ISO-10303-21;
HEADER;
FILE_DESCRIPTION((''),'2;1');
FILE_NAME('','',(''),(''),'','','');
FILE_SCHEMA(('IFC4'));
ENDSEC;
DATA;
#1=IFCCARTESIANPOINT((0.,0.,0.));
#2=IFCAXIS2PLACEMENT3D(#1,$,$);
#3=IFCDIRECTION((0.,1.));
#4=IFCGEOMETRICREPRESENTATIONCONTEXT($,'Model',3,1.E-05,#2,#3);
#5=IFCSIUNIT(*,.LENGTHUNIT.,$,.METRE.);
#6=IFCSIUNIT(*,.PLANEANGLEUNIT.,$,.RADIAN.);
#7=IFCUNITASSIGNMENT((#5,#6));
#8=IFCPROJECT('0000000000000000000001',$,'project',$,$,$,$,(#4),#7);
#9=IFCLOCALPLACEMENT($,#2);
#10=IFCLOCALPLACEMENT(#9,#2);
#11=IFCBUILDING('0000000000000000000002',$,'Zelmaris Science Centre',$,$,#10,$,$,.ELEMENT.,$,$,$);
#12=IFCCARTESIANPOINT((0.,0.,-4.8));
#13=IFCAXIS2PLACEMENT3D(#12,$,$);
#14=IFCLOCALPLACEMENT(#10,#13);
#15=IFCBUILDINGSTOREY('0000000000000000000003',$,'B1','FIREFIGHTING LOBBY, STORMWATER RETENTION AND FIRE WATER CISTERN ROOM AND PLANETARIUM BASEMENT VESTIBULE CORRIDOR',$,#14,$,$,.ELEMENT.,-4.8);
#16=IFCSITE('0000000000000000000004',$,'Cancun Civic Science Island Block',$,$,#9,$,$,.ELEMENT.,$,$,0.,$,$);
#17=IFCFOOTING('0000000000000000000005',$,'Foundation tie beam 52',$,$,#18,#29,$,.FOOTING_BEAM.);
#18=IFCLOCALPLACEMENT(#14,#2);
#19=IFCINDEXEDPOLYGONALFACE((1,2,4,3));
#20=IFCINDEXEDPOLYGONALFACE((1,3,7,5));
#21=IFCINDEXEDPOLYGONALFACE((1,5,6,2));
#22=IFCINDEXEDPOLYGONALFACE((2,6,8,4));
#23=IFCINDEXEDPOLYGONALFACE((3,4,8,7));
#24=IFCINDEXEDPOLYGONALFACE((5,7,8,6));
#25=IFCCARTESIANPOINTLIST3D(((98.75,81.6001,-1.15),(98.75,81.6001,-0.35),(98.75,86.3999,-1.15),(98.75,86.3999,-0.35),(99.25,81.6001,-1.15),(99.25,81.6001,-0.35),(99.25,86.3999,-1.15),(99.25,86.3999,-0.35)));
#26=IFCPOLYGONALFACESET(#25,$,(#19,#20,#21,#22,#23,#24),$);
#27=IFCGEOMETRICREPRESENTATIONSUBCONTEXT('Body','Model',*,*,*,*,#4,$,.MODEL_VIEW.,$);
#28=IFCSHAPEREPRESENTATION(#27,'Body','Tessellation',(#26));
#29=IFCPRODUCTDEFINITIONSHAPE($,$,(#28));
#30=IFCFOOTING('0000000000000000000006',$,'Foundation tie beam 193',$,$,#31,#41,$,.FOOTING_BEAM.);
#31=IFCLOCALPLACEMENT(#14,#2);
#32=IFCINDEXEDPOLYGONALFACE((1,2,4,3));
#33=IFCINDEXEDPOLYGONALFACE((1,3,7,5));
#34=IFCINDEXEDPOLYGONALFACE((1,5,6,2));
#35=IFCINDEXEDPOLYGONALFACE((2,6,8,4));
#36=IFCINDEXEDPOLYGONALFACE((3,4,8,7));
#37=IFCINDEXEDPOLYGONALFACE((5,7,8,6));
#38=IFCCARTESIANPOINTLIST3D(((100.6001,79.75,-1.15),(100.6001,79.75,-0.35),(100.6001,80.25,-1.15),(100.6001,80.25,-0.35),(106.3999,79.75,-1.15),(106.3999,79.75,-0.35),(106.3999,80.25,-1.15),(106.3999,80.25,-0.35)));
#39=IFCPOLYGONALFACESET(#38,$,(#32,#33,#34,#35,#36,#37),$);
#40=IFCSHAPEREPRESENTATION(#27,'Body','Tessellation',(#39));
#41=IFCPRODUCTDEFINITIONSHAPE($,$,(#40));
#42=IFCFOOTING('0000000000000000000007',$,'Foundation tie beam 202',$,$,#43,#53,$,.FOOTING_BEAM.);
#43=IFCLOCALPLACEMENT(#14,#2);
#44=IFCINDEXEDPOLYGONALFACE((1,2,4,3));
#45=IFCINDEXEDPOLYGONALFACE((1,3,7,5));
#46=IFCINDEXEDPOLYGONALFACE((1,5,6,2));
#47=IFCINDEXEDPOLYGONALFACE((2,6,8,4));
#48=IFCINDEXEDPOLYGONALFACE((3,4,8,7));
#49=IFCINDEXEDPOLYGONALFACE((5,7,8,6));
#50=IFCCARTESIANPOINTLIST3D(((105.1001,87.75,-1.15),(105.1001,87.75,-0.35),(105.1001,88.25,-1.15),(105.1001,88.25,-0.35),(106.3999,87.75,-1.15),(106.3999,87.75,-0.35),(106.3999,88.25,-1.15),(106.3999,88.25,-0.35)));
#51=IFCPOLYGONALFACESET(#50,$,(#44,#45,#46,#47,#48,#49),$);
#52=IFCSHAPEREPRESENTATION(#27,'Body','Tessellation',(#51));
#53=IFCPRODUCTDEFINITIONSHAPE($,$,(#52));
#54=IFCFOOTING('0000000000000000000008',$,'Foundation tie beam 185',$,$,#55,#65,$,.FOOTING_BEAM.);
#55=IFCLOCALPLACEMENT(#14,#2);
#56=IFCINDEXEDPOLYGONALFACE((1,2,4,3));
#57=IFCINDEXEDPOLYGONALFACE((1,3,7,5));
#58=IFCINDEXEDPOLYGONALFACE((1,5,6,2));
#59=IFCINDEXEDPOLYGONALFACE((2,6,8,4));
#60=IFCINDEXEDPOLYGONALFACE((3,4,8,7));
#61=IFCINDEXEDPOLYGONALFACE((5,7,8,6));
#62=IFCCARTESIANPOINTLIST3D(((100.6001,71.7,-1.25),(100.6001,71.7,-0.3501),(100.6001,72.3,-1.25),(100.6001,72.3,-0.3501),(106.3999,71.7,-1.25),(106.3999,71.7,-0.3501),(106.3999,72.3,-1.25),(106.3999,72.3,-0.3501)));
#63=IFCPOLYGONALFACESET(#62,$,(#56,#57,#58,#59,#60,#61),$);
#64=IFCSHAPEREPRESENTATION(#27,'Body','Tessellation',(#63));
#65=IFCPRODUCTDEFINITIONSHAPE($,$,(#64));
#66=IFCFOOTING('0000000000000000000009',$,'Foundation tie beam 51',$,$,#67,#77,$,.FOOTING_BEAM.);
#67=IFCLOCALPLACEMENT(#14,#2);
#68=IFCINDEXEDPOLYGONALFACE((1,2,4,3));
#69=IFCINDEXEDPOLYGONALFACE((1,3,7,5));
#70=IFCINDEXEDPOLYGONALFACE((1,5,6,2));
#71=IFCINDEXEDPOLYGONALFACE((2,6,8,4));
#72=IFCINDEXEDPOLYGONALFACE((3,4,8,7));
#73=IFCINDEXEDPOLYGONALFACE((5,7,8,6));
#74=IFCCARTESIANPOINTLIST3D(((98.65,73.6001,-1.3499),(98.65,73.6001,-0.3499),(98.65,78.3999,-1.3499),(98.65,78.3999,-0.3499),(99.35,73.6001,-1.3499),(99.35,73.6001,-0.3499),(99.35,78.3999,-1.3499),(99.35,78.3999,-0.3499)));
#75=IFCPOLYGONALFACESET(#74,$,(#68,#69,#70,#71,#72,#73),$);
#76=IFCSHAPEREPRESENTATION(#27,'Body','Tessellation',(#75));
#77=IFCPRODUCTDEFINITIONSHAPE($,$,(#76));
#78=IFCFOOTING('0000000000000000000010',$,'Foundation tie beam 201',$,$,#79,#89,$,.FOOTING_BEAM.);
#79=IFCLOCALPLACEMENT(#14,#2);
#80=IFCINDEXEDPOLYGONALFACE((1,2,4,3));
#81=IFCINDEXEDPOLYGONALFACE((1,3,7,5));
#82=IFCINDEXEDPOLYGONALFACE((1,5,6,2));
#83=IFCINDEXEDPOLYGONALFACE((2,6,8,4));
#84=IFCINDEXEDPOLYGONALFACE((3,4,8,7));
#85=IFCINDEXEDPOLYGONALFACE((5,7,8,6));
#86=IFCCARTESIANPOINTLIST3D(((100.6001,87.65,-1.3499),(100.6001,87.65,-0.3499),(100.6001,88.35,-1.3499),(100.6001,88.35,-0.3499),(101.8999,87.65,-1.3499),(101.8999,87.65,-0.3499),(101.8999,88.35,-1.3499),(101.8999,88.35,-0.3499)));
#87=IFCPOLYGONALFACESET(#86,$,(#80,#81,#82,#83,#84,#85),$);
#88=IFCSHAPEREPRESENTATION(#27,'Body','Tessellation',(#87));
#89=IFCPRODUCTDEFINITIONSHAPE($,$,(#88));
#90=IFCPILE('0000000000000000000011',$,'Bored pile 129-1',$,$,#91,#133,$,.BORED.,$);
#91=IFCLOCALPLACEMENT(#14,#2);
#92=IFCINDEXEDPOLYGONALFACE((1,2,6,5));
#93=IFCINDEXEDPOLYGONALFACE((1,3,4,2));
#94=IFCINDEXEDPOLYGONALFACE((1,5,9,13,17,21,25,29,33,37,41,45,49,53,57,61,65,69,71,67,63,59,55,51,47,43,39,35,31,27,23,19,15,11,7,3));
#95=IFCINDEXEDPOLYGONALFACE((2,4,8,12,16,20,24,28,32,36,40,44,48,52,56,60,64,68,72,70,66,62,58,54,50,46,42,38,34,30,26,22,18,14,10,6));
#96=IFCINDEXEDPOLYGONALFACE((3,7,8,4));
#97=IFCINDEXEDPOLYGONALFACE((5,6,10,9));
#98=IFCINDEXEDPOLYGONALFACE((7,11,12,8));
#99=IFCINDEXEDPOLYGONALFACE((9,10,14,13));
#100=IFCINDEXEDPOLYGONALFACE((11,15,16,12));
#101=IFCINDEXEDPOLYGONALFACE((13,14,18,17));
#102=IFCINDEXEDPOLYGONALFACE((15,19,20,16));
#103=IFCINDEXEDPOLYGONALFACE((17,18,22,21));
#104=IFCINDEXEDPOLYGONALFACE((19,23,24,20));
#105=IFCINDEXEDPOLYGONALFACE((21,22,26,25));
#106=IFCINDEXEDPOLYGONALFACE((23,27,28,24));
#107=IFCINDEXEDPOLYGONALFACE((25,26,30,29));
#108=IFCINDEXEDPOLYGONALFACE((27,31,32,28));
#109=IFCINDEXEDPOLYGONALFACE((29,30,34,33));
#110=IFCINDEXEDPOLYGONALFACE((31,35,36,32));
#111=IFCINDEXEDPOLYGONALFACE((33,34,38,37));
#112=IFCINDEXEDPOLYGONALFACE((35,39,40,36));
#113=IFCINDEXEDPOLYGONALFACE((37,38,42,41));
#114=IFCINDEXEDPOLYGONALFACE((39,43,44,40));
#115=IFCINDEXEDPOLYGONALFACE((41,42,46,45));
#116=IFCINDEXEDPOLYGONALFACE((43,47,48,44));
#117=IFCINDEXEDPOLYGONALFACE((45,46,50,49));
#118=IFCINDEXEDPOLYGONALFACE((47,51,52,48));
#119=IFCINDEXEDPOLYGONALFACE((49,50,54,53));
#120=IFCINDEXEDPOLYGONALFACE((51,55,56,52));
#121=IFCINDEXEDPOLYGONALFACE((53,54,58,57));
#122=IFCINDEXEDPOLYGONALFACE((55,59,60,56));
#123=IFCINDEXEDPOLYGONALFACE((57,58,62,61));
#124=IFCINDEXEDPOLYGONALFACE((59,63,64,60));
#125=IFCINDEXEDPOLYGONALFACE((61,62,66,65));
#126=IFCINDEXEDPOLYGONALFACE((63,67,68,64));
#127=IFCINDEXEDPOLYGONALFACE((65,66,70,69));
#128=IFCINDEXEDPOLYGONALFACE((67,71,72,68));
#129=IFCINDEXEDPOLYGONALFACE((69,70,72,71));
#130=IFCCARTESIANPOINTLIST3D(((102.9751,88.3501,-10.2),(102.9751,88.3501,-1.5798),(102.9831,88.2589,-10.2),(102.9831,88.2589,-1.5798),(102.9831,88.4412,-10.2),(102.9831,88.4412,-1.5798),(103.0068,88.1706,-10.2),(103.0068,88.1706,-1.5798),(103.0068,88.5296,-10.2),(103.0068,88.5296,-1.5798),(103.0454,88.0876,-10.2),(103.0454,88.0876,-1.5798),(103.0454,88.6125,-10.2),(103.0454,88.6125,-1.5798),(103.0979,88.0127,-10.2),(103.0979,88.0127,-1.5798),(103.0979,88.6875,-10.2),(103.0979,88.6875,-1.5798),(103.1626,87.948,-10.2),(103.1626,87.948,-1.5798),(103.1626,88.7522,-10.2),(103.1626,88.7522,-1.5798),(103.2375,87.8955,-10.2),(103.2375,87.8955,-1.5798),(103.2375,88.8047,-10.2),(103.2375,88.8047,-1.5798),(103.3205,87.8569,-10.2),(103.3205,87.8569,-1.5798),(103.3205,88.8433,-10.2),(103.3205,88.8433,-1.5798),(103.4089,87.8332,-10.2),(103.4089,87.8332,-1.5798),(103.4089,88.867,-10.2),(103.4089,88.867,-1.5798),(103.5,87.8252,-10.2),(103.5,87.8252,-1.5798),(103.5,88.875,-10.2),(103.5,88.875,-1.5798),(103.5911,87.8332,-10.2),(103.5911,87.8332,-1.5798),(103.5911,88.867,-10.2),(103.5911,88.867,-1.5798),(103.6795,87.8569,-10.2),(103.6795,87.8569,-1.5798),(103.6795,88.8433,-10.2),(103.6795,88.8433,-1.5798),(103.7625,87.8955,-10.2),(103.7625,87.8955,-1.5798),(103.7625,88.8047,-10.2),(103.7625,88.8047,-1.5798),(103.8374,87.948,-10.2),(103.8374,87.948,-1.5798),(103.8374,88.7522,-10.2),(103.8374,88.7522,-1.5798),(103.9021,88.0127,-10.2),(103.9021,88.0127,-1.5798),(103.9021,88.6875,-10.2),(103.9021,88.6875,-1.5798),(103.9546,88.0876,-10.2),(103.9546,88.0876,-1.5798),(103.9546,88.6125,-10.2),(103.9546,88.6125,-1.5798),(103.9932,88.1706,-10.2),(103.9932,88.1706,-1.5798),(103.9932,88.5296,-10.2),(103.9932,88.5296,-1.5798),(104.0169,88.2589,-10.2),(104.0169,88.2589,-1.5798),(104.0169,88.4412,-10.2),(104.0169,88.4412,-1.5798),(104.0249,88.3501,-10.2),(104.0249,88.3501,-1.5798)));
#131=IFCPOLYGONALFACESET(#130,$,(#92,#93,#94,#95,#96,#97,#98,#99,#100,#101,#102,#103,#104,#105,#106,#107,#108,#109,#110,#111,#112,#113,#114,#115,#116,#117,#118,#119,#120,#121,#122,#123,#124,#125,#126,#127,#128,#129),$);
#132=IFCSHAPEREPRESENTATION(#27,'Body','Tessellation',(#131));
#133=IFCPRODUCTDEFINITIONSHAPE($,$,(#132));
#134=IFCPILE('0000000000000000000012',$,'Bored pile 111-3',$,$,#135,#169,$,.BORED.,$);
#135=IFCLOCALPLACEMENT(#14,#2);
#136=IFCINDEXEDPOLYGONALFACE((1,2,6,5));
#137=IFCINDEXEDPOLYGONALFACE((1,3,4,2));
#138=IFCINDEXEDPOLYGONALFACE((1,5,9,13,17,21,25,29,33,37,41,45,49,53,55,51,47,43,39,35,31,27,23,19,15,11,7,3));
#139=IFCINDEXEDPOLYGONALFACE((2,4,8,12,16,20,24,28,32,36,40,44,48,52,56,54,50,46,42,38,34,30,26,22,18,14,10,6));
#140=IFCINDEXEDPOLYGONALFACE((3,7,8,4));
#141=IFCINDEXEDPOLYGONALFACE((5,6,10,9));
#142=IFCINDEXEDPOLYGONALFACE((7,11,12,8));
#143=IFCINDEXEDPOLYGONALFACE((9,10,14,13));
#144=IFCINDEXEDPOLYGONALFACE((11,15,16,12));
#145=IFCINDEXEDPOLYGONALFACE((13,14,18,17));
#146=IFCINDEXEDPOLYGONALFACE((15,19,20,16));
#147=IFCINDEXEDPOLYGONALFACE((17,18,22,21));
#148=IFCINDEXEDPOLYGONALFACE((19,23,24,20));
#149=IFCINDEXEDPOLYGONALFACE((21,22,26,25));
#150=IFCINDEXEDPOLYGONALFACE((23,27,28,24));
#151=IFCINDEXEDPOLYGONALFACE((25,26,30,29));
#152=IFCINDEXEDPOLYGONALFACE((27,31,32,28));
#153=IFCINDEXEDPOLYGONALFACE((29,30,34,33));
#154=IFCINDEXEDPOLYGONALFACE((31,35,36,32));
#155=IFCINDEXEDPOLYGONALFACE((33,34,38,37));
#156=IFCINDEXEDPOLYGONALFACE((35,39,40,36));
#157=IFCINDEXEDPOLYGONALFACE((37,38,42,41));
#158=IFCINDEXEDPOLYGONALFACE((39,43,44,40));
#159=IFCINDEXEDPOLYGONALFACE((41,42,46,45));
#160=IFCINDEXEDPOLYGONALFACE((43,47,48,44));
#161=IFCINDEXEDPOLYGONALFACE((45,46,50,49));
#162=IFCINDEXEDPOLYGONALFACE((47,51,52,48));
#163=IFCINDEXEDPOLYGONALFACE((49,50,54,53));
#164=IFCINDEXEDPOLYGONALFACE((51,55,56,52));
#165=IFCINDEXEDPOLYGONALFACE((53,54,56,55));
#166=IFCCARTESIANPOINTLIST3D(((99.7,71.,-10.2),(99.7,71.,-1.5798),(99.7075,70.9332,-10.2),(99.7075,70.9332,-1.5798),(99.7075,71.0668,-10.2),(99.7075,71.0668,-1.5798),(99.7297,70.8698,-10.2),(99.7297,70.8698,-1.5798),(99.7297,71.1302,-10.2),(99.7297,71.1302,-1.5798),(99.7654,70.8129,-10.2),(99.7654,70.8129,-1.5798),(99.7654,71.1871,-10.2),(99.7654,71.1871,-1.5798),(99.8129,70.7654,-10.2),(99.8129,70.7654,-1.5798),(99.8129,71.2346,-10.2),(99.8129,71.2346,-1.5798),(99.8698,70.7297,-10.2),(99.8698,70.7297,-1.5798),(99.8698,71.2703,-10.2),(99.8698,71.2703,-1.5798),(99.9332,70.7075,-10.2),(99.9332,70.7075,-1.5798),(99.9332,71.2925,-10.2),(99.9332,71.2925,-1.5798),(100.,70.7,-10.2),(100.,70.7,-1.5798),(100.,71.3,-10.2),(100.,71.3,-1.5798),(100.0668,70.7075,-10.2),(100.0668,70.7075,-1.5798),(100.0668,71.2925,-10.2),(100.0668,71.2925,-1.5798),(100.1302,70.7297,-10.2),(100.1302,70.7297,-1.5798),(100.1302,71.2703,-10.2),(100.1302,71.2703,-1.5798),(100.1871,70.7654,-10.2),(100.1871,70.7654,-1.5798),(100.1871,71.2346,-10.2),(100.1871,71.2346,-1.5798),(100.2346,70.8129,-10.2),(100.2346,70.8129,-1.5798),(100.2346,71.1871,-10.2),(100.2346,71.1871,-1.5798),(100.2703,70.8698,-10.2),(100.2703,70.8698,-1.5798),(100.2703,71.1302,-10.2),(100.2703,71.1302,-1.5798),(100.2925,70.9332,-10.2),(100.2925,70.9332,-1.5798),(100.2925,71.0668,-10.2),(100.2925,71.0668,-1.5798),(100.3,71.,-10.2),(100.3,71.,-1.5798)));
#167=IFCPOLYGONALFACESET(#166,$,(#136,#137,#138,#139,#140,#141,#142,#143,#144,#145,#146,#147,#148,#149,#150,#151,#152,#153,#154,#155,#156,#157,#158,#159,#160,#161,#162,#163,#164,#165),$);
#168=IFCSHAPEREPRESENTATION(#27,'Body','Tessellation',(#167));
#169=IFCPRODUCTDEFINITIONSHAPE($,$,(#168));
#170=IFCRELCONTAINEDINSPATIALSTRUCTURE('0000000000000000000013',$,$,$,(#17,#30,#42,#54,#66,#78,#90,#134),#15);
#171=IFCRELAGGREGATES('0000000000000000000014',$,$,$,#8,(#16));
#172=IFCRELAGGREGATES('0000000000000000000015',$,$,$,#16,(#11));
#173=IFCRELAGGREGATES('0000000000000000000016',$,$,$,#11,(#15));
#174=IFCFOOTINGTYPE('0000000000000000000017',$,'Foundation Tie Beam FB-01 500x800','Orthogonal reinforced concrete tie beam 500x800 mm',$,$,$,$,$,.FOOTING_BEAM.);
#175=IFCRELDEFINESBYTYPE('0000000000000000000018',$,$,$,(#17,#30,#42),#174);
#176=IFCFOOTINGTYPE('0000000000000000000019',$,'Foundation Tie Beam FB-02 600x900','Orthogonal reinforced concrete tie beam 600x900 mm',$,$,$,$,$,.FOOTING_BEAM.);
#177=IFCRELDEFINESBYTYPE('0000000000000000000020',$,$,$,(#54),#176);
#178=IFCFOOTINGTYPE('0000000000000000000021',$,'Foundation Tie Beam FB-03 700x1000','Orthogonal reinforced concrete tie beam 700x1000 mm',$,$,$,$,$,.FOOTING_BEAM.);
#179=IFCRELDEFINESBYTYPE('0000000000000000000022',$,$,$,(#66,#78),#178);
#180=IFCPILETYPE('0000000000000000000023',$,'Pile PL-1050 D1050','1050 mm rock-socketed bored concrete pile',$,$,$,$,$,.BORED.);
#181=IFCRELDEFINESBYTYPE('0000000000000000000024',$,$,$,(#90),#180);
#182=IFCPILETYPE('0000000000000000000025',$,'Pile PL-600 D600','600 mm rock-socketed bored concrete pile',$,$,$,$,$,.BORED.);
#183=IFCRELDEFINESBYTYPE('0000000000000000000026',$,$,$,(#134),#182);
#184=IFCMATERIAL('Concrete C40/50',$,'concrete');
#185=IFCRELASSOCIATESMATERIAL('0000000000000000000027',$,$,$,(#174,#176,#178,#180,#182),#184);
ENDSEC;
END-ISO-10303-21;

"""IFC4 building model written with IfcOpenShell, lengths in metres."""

from ifc_helpers import new_model, si_unit, direction, frame, origin, origin_2d, place, context, subcontext, project, spatial, rectangle, circle, extrude, material, material_profile, profile_set, type_object, element, save


model = new_model("IFC4")

# Units and contexts
model_context = context("Model", 3, precision=1e-05, world=origin(), true_north=direction((0.0, 1.0)))
body_context = subcontext(model_context, "Body", "Model", "MODEL_VIEW")
ifc_project = project(units=[si_unit("LENGTHUNIT", "METRE"), si_unit("PLANEANGLEUNIT", "RADIAN")], contexts=[model_context])

# Site, building, storey
site_placement = place(None, origin())
site = spatial("IfcSite", under=ifc_project, at=site_placement, Name="Cancun Civic Science Island Block", CompositionType="ELEMENT", RefElevation=0.0)
building_placement = place(site_placement, origin())
building = spatial("IfcBuilding", under=site, at=building_placement, Name="Zelmaris Science Centre", CompositionType="ELEMENT")
storey_placement = place(building_placement, frame((0.0, 0.0, -4.8)))
storey = spatial("IfcBuildingStorey", under=building, at=storey_placement, Name="B1", Description="FIREFIGHTING LOBBY, STORMWATER RETENTION AND FIRE WATER CISTERN ROOM AND PLANETARIUM BASEMENT VESTIBULE CORRIDOR", CompositionType="ELEMENT", Elevation=-4.8)

# Footings
ifc_material_1 = material(Name="Concrete C40/50", Category="concrete")
ifc_material_profile_1 = material_profile(ifc_material_1, rectangle(XDim=0.5, YDim=0.8, at=origin_2d()), Name="FB-500X800")
ifc_profile_set_1 = profile_set([ifc_material_profile_1], Name="Concrete C40/50")
footing_type_1 = type_object("IfcFootingType", Name="Foundation Tie Beam FB-01 500x800", Description="Orthogonal reinforced concrete tie beam 500x800 mm", PredefinedType="FOOTING_BEAM", material=ifc_profile_set_1)
footing_1_placement = place(storey_placement, frame((99.0, 81.6001, -0.75), z_axis=(0.0, 1.0, 0.0), x_axis=(-1.0, 0.0, 0.0)))
element("IfcFooting", 1, at=footing_1_placement, inside=storey, type_object=footing_type_1, Name="Foundation tie beam 52", PredefinedType="FOOTING_BEAM", context=body_context, shape_type="SweptSolid", body=[
    extrude(rectangle(XDim=0.5, YDim=0.8, at=origin_2d()), origin(), (0.0, 0.0, 1.0), 4.7998),
])
footing_2_placement = place(storey_placement, frame((100.6001, 80.0, -0.75), z_axis=(1.0, 0.0, 0.0), x_axis=(0.0, 1.0, 0.0)))
element("IfcFooting", 2, at=footing_2_placement, inside=storey, type_object=footing_type_1, Name="Foundation tie beam 193", PredefinedType="FOOTING_BEAM", context=body_context, shape_type="SweptSolid", body=[
    extrude(rectangle(XDim=0.5, YDim=0.8, at=origin_2d()), origin(), (0.0, 0.0, 1.0), 5.7998),
])
footing_3_placement = place(storey_placement, frame((105.1001, 88.0, -0.75), z_axis=(1.0, 0.0, 0.0), x_axis=(0.0, 1.0, 0.0)))
element("IfcFooting", 3, at=footing_3_placement, inside=storey, type_object=footing_type_1, Name="Foundation tie beam 202", PredefinedType="FOOTING_BEAM", context=body_context, shape_type="SweptSolid", body=[
    extrude(rectangle(XDim=0.5, YDim=0.8, at=origin_2d()), origin(), (0.0, 0.0, 1.0), 1.2998),
])
ifc_material_profile_2 = material_profile(ifc_material_1, rectangle(XDim=0.6001, YDim=0.8999, at=origin_2d()), Name="FB-600X900")
ifc_profile_set_2 = profile_set([ifc_material_profile_2], Name="Concrete C40/50")
footing_type_2 = type_object("IfcFootingType", Name="Foundation Tie Beam FB-02 600x900", Description="Orthogonal reinforced concrete tie beam 600x900 mm", PredefinedType="FOOTING_BEAM", material=ifc_profile_set_2)
footing_4_placement = place(storey_placement, frame((100.6001, 72.0, -0.8), z_axis=(1.0, 0.0, 0.0), x_axis=(0.0, 1.0, 0.0)))
element("IfcFooting", 4, at=footing_4_placement, inside=storey, type_object=footing_type_2, Name="Foundation tie beam 185", PredefinedType="FOOTING_BEAM", context=body_context, shape_type="SweptSolid", body=[
    extrude(rectangle(XDim=0.6001, YDim=0.8999, at=origin_2d()), origin(), (0.0, 0.0, 1.0), 5.7998),
])
ifc_material_profile_3 = material_profile(ifc_material_1, rectangle(XDim=0.7, YDim=1.0, at=origin_2d()), Name="FB-700X1000")
ifc_profile_set_3 = profile_set([ifc_material_profile_3], Name="Concrete C40/50")
footing_type_3 = type_object("IfcFootingType", Name="Foundation Tie Beam FB-03 700x1000", Description="Orthogonal reinforced concrete tie beam 700x1000 mm", PredefinedType="FOOTING_BEAM", material=ifc_profile_set_3)
footing_5_placement = place(storey_placement, frame((99.0, 73.6001, -0.8499), z_axis=(0.0, 1.0, 0.0), x_axis=(-1.0, 0.0, 0.0)))
element("IfcFooting", 5, at=footing_5_placement, inside=storey, type_object=footing_type_3, Name="Foundation tie beam 51", PredefinedType="FOOTING_BEAM", context=body_context, shape_type="SweptSolid", body=[
    extrude(rectangle(XDim=0.7, YDim=1.0, at=origin_2d()), origin(), (0.0, 0.0, 1.0), 4.7998),
])
footing_6_placement = place(storey_placement, frame((100.6001, 88.0, -0.8499), z_axis=(1.0, 0.0, 0.0), x_axis=(0.0, 1.0, 0.0)))
element("IfcFooting", 6, at=footing_6_placement, inside=storey, type_object=footing_type_3, Name="Foundation tie beam 201", PredefinedType="FOOTING_BEAM", context=body_context, shape_type="SweptSolid", body=[
    extrude(rectangle(XDim=0.7, YDim=1.0, at=origin_2d()), origin(), (0.0, 0.0, 1.0), 1.2998),
])

# Piles
ifc_material_profile_4 = material_profile(ifc_material_1, circle(Radius=0.5249, at=origin_2d()), Name="PILE-1050")
ifc_profile_set_4 = profile_set([ifc_material_profile_4], Name="Concrete C40/50")
pile_type_1 = type_object("IfcPileType", Name="Pile PL-1050 D1050", Description="1050 mm rock-socketed bored concrete pile", PredefinedType="BORED", material=ifc_profile_set_4)
pile_placement = place(storey_placement, frame((103.5, 88.3501, -1.5798), z_axis=(0.0, 0.0, -1.0), x_axis=(1.0, 0.0, 0.0)))
element("IfcPile", 7, at=pile_placement, inside=storey, type_object=pile_type_1, Name="Bored pile 129-1", PredefinedType="BORED", context=body_context, shape_type="SweptSolid", body=[
    extrude(circle(Radius=0.5249, at=origin_2d()), origin(), (0.0, 0.0, 1.0), 8.6201),
])
ifc_material_profile_5 = material_profile(ifc_material_1, circle(Radius=0.3, at=origin_2d()), Name="PILE-600")
ifc_profile_set_5 = profile_set([ifc_material_profile_5], Name="Concrete C40/50")
pile_type_2 = type_object("IfcPileType", Name="Pile PL-600 D600", Description="600 mm rock-socketed bored concrete pile", PredefinedType="BORED", material=ifc_profile_set_5)
for number, where, z_axis, x_axis, name in (
    (8, (100.0, 71.0, -1.5798), (0.0, 0.0, -1.0), (1.0, 0.0, 0.0), "Bored pile 111-3"),
):
    element("IfcPile", number, at=place(storey_placement, frame(where, z_axis=z_axis, x_axis=x_axis)), inside=storey, type_object=pile_type_2, Name=name, PredefinedType="BORED", context=body_context, shape_type="SweptSolid", body=[
        extrude(circle(Radius=0.3, at=origin_2d()), origin(), (0.0, 0.0, 1.0), 8.6201),
    ])

save(model, "model.ifc")
